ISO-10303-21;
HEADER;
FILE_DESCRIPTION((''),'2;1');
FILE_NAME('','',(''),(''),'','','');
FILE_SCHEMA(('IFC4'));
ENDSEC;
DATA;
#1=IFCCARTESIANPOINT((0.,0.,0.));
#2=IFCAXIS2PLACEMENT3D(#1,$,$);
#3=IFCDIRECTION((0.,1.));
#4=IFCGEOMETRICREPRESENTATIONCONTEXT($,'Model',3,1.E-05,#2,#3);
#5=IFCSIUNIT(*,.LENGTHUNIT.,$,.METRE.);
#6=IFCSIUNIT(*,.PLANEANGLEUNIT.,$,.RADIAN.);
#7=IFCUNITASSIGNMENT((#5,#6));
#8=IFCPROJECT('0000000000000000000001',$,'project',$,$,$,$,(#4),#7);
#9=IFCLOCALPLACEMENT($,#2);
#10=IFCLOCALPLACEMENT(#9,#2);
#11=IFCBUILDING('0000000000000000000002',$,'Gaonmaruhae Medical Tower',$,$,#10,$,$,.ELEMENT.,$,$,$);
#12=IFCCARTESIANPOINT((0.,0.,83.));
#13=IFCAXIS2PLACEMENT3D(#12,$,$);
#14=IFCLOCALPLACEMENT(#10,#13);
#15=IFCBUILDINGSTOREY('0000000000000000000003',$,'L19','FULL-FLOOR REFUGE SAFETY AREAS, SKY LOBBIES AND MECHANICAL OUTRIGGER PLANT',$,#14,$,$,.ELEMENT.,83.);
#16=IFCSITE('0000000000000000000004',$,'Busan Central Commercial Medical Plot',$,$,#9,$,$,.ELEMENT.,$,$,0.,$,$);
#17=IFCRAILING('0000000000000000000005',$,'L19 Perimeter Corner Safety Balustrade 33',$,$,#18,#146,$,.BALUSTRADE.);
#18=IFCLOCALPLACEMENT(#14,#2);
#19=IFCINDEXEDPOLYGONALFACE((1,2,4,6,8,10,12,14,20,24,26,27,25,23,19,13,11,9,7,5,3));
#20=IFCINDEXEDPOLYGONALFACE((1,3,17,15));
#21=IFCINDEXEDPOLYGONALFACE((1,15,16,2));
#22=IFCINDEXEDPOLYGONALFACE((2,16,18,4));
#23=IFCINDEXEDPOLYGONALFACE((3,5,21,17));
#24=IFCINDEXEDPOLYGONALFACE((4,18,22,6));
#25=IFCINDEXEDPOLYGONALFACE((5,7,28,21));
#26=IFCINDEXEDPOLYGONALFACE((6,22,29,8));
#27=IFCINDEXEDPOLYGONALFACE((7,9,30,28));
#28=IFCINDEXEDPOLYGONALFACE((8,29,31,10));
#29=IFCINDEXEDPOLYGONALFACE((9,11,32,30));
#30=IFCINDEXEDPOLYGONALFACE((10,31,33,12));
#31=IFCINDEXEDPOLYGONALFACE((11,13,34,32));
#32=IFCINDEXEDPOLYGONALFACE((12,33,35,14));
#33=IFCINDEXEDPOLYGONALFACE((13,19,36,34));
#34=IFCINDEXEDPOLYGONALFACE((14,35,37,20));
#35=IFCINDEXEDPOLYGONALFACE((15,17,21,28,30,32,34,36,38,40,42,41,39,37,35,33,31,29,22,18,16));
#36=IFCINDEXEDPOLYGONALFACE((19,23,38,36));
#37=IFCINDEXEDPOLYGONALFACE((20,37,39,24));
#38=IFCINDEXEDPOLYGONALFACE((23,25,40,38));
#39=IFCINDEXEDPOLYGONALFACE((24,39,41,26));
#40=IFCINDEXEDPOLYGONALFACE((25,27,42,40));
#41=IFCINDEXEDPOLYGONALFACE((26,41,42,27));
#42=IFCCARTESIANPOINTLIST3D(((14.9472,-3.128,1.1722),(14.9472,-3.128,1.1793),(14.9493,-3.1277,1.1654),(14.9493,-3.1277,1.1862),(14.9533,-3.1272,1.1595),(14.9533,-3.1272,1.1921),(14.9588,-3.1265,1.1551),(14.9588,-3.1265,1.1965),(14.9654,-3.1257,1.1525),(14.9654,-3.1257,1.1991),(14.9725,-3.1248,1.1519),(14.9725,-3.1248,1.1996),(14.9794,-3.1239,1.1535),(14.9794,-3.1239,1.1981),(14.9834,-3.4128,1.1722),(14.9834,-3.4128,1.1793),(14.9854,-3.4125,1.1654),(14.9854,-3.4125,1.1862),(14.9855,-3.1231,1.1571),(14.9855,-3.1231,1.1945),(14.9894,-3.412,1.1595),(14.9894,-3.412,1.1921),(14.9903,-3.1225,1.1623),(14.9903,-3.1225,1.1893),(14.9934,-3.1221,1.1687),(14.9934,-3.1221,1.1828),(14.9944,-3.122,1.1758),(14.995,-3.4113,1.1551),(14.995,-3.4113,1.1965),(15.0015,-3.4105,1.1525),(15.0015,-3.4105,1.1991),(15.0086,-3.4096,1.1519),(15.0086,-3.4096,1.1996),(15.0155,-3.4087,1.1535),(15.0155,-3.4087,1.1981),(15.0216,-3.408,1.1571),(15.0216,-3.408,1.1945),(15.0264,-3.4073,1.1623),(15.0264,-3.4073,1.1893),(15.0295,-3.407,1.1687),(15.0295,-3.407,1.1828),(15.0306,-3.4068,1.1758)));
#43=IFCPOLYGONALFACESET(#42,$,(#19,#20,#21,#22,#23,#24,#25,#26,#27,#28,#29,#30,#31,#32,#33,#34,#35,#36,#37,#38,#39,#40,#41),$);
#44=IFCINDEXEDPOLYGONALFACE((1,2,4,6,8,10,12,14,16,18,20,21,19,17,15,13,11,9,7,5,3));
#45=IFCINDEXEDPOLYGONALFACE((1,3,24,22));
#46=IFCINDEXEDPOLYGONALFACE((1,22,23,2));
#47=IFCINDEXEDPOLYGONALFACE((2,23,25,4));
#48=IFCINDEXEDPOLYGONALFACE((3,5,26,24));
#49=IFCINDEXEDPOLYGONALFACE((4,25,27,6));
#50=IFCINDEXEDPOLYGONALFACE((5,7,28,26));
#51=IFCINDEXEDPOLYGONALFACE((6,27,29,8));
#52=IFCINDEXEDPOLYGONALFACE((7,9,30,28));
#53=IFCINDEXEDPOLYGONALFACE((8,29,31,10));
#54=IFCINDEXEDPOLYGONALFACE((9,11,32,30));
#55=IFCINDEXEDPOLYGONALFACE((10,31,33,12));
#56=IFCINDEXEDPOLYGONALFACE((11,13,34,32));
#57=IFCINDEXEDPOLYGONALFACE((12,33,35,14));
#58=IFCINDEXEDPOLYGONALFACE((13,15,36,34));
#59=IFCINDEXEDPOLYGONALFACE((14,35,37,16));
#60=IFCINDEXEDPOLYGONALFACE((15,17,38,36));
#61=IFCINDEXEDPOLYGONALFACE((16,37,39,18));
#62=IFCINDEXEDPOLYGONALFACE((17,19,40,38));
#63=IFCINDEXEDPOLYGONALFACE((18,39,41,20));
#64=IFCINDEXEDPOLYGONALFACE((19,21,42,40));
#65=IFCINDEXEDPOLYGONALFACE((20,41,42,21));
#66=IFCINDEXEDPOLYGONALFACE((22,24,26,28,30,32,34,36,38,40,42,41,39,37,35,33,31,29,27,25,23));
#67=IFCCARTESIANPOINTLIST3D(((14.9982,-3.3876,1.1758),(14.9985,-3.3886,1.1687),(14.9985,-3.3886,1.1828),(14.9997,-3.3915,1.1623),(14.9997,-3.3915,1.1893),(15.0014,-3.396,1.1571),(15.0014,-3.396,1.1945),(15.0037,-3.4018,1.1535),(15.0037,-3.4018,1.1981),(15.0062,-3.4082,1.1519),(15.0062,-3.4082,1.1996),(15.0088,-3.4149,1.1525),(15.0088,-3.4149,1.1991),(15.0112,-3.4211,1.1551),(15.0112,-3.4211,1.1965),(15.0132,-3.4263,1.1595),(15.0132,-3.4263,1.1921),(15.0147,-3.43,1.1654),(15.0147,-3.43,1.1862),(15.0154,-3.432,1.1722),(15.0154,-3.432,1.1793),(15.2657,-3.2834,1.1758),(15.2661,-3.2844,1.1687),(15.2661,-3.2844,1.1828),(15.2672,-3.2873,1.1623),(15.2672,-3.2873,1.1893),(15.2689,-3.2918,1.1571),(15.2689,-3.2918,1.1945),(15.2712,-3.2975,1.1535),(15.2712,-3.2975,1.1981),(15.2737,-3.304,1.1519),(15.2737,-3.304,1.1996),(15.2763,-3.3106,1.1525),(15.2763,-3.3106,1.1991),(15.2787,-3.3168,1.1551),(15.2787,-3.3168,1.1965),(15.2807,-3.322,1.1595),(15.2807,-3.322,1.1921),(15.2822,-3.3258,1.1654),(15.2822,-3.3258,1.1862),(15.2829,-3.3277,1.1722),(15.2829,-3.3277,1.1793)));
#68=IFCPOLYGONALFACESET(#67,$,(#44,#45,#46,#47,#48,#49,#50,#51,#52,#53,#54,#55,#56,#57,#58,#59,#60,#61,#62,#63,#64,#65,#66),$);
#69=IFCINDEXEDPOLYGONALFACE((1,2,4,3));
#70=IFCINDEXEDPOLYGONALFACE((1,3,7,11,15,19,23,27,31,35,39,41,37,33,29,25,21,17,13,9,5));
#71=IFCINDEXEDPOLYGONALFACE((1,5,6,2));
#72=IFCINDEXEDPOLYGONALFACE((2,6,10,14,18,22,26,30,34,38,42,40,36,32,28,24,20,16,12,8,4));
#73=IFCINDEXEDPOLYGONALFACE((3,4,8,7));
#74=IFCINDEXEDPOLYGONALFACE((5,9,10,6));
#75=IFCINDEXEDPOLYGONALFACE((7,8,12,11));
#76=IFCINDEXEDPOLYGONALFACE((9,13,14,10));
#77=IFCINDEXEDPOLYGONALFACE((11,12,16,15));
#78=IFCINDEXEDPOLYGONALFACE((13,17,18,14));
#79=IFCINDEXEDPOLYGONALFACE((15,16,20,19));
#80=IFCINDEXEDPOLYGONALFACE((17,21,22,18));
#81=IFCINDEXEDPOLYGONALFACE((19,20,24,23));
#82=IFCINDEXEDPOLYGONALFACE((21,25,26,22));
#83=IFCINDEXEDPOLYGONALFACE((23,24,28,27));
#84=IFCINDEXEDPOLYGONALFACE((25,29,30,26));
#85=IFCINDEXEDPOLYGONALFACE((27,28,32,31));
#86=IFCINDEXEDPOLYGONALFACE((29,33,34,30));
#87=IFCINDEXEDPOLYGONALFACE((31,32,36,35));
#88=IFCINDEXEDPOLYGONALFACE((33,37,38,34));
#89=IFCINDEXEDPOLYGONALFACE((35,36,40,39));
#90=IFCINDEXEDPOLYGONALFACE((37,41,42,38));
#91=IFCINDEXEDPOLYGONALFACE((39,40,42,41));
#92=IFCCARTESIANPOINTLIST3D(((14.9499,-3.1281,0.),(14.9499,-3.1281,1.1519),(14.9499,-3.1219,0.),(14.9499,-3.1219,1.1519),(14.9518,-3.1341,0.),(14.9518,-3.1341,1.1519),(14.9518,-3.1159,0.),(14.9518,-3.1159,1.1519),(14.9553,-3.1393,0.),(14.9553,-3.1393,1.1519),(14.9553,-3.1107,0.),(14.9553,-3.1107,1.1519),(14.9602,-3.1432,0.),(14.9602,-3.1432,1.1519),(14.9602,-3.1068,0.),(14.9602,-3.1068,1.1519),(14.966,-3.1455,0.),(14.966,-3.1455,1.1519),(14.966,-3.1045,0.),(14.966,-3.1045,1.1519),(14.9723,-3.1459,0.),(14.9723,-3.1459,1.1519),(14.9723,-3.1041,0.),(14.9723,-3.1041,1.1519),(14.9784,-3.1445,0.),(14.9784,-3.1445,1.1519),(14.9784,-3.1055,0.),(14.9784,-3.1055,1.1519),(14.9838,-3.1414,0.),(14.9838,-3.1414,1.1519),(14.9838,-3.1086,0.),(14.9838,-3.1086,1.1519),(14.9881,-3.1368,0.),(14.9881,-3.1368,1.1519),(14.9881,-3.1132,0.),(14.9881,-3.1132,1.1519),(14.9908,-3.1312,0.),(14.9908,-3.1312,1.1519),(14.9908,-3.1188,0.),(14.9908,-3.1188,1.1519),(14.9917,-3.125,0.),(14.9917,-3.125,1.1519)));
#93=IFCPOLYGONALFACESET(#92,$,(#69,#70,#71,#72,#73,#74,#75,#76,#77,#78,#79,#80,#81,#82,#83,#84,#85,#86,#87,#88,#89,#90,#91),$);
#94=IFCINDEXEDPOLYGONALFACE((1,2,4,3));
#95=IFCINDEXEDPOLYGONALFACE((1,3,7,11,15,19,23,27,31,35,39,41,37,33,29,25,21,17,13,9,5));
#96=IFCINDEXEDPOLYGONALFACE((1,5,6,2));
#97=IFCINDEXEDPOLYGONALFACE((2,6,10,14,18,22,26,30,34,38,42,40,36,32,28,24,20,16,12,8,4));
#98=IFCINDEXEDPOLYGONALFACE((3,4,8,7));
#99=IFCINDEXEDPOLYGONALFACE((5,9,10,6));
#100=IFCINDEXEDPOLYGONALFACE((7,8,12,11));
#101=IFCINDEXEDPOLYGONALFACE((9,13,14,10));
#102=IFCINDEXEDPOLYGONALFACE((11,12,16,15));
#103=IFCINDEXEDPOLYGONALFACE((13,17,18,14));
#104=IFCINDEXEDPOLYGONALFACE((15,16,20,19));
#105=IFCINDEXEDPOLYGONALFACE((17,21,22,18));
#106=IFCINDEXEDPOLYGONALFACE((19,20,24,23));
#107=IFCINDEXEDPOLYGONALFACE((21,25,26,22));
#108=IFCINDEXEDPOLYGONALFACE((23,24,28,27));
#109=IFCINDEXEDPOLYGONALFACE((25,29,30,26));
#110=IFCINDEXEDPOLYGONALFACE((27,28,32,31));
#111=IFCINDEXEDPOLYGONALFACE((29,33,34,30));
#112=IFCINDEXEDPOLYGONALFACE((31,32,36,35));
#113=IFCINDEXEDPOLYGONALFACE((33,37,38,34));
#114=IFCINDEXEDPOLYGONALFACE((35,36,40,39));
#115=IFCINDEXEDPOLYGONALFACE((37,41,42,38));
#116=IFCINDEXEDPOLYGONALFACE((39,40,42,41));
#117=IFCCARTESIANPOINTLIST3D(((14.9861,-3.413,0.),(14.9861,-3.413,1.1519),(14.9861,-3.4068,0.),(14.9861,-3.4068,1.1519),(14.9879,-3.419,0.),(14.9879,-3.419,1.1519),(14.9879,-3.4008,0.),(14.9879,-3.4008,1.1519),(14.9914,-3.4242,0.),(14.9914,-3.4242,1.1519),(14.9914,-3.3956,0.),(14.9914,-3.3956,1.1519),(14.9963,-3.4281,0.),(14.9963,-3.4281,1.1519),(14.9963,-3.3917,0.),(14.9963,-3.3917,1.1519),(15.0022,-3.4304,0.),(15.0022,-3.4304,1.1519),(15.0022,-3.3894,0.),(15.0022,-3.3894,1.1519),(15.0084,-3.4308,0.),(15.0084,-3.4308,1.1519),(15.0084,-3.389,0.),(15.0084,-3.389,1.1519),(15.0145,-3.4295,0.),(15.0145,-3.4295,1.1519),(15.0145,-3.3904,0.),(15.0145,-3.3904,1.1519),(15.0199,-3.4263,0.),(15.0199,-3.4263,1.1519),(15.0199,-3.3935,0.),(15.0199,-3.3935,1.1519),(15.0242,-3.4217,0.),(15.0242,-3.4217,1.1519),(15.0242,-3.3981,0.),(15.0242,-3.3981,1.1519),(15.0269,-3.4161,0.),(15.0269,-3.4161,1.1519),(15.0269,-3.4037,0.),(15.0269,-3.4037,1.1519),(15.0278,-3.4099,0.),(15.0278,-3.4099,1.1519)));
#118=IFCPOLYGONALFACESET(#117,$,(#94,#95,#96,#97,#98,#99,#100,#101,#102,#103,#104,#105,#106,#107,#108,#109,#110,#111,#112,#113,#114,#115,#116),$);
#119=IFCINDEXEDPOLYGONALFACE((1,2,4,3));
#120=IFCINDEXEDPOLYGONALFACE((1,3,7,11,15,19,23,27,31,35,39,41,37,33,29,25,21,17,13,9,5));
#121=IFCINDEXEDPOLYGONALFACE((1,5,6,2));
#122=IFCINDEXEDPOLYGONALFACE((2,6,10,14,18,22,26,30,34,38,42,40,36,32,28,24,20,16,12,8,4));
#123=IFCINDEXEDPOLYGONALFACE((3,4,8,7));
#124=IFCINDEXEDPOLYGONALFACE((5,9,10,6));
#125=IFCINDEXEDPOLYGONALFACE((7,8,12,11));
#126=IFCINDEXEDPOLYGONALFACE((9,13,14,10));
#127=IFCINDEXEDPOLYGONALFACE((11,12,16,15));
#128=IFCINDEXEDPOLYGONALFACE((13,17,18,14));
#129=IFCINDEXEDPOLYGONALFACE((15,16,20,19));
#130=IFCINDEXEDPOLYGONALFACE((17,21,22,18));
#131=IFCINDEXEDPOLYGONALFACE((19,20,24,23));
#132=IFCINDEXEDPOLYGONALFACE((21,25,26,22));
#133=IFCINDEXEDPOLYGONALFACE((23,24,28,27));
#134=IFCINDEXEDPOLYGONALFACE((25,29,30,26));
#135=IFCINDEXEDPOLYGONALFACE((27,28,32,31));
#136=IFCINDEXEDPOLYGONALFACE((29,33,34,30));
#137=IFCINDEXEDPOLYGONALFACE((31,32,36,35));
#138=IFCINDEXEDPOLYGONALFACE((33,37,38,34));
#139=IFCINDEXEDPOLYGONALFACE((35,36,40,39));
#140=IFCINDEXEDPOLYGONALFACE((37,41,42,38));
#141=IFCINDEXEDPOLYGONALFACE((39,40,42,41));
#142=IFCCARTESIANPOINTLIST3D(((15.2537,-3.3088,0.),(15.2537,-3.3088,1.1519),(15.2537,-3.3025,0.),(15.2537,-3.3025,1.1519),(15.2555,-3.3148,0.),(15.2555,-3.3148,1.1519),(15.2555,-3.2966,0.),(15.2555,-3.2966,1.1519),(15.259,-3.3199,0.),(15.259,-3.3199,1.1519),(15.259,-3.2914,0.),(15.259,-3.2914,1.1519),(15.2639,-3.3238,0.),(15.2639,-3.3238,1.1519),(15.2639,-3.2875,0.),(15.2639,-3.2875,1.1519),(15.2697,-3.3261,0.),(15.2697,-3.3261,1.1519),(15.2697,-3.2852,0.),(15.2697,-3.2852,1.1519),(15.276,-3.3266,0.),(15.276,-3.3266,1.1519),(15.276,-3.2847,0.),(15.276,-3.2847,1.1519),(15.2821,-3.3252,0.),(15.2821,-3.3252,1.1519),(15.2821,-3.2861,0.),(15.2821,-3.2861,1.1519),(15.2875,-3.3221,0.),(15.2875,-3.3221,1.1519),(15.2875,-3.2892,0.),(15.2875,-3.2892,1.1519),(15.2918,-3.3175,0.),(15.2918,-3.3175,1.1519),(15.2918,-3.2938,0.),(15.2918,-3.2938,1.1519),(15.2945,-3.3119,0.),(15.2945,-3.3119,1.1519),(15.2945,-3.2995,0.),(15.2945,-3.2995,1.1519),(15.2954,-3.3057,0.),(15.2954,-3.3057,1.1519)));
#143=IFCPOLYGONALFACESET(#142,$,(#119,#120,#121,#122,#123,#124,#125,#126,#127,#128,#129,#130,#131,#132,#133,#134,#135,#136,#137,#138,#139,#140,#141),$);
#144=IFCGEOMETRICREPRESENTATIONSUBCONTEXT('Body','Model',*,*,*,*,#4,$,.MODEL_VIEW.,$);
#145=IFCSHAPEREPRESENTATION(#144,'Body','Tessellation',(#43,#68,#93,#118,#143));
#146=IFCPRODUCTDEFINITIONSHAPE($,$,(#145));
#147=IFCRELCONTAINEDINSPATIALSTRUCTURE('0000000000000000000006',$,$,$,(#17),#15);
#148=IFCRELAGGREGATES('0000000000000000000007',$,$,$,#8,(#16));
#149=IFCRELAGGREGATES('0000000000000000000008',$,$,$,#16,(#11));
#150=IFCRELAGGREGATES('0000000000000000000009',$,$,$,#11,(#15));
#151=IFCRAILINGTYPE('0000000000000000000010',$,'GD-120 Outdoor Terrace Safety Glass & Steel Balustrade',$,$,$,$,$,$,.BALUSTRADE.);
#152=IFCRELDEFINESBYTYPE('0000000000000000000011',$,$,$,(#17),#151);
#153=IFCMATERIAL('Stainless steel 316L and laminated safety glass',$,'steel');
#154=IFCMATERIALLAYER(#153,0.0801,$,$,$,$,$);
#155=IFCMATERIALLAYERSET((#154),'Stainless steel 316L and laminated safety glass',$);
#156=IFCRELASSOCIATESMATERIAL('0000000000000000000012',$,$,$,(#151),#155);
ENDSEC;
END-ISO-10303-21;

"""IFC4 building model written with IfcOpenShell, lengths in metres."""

from ifc_helpers import new_model, si_unit, direction, frame, origin, origin_2d, place, context, subcontext, project, spatial, circle, extrude, material, layer, layer_set, type_object, element, save


model = new_model("IFC4")

# Units and contexts
model_context = context("Model", 3, precision=1e-05, world=origin(), true_north=direction((0.0, 1.0)))
body_context = subcontext(model_context, "Body", "Model", "MODEL_VIEW")
ifc_project = project(units=[si_unit("LENGTHUNIT", "METRE"), si_unit("PLANEANGLEUNIT", "RADIAN")], contexts=[model_context])

# Site, building, storey
site_placement = place(None, origin())
site = spatial("IfcSite", under=ifc_project, at=site_placement, Name="Busan Central Commercial Medical Plot", CompositionType="ELEMENT", RefElevation=0.0)
building_placement = place(site_placement, origin())
building = spatial("IfcBuilding", under=site, at=building_placement, Name="Gaonmaruhae Medical Tower", CompositionType="ELEMENT")
storey_placement = place(building_placement, frame((0.0, 0.0, 83.0)))
storey = spatial("IfcBuildingStorey", under=building, at=storey_placement, Name="L19", Description="FULL-FLOOR REFUGE SAFETY AREAS, SKY LOBBIES AND MECHANICAL OUTRIGGER PLANT", CompositionType="ELEMENT", Elevation=83.0)

# Railing
ifc_material_1 = material(Name="Stainless steel 316L and laminated safety glass", Category="steel")
ifc_layer_1 = layer(ifc_material_1, 0.0801)
ifc_layer_set_1 = layer_set([ifc_layer_1], Name="Stainless steel 316L and laminated safety glass")
railing_type = type_object("IfcRailingType", Name="GD-120 Outdoor Terrace Safety Glass & Steel Balustrade", PredefinedType="BALUSTRADE", material=ifc_layer_set_1)
railing_1_placement = place(storey_placement, frame((14.9707, -3.125, 0.0)))
element("IfcRailing", 1, at=railing_1_placement, inside=storey, type_object=railing_type, Name="L19 Perimeter Corner Safety Balustrade 33", PredefinedType="BALUSTRADE", context=body_context, shape_type="SweptSolid", body=[
    extrude(circle(Radius=0.0239, at=origin_2d()), frame((0.0, 0.0, 1.1758), z_axis=(0.125813, -0.992054, 0.0), x_axis=(0.992054, 0.125813, 0.0)), (0.0, 0.0, 1.0), 0.2871),
    extrude(circle(Radius=0.0239, at=origin_2d()), frame((0.0361, -0.2849, 1.1758), z_axis=(0.931781, 0.363021, 0.0), x_axis=(-0.363021, 0.931781, 0.0)), (0.0, 0.0, 1.0), 0.2871),
    extrude(circle(Radius=0.021, at=origin_2d()), origin(), (0.0, 0.0, 1.0), 1.1519),
    extrude(circle(Radius=0.021, at=origin_2d()), frame((0.0361, -0.2849, 0.0)), (0.0, 0.0, 1.0), 1.1519),
    extrude(circle(Radius=0.021, at=origin_2d()), frame((0.3037, -0.1807, 0.0)), (0.0, 0.0, 1.0), 1.1519),
])

save(model, "model.ifc")
